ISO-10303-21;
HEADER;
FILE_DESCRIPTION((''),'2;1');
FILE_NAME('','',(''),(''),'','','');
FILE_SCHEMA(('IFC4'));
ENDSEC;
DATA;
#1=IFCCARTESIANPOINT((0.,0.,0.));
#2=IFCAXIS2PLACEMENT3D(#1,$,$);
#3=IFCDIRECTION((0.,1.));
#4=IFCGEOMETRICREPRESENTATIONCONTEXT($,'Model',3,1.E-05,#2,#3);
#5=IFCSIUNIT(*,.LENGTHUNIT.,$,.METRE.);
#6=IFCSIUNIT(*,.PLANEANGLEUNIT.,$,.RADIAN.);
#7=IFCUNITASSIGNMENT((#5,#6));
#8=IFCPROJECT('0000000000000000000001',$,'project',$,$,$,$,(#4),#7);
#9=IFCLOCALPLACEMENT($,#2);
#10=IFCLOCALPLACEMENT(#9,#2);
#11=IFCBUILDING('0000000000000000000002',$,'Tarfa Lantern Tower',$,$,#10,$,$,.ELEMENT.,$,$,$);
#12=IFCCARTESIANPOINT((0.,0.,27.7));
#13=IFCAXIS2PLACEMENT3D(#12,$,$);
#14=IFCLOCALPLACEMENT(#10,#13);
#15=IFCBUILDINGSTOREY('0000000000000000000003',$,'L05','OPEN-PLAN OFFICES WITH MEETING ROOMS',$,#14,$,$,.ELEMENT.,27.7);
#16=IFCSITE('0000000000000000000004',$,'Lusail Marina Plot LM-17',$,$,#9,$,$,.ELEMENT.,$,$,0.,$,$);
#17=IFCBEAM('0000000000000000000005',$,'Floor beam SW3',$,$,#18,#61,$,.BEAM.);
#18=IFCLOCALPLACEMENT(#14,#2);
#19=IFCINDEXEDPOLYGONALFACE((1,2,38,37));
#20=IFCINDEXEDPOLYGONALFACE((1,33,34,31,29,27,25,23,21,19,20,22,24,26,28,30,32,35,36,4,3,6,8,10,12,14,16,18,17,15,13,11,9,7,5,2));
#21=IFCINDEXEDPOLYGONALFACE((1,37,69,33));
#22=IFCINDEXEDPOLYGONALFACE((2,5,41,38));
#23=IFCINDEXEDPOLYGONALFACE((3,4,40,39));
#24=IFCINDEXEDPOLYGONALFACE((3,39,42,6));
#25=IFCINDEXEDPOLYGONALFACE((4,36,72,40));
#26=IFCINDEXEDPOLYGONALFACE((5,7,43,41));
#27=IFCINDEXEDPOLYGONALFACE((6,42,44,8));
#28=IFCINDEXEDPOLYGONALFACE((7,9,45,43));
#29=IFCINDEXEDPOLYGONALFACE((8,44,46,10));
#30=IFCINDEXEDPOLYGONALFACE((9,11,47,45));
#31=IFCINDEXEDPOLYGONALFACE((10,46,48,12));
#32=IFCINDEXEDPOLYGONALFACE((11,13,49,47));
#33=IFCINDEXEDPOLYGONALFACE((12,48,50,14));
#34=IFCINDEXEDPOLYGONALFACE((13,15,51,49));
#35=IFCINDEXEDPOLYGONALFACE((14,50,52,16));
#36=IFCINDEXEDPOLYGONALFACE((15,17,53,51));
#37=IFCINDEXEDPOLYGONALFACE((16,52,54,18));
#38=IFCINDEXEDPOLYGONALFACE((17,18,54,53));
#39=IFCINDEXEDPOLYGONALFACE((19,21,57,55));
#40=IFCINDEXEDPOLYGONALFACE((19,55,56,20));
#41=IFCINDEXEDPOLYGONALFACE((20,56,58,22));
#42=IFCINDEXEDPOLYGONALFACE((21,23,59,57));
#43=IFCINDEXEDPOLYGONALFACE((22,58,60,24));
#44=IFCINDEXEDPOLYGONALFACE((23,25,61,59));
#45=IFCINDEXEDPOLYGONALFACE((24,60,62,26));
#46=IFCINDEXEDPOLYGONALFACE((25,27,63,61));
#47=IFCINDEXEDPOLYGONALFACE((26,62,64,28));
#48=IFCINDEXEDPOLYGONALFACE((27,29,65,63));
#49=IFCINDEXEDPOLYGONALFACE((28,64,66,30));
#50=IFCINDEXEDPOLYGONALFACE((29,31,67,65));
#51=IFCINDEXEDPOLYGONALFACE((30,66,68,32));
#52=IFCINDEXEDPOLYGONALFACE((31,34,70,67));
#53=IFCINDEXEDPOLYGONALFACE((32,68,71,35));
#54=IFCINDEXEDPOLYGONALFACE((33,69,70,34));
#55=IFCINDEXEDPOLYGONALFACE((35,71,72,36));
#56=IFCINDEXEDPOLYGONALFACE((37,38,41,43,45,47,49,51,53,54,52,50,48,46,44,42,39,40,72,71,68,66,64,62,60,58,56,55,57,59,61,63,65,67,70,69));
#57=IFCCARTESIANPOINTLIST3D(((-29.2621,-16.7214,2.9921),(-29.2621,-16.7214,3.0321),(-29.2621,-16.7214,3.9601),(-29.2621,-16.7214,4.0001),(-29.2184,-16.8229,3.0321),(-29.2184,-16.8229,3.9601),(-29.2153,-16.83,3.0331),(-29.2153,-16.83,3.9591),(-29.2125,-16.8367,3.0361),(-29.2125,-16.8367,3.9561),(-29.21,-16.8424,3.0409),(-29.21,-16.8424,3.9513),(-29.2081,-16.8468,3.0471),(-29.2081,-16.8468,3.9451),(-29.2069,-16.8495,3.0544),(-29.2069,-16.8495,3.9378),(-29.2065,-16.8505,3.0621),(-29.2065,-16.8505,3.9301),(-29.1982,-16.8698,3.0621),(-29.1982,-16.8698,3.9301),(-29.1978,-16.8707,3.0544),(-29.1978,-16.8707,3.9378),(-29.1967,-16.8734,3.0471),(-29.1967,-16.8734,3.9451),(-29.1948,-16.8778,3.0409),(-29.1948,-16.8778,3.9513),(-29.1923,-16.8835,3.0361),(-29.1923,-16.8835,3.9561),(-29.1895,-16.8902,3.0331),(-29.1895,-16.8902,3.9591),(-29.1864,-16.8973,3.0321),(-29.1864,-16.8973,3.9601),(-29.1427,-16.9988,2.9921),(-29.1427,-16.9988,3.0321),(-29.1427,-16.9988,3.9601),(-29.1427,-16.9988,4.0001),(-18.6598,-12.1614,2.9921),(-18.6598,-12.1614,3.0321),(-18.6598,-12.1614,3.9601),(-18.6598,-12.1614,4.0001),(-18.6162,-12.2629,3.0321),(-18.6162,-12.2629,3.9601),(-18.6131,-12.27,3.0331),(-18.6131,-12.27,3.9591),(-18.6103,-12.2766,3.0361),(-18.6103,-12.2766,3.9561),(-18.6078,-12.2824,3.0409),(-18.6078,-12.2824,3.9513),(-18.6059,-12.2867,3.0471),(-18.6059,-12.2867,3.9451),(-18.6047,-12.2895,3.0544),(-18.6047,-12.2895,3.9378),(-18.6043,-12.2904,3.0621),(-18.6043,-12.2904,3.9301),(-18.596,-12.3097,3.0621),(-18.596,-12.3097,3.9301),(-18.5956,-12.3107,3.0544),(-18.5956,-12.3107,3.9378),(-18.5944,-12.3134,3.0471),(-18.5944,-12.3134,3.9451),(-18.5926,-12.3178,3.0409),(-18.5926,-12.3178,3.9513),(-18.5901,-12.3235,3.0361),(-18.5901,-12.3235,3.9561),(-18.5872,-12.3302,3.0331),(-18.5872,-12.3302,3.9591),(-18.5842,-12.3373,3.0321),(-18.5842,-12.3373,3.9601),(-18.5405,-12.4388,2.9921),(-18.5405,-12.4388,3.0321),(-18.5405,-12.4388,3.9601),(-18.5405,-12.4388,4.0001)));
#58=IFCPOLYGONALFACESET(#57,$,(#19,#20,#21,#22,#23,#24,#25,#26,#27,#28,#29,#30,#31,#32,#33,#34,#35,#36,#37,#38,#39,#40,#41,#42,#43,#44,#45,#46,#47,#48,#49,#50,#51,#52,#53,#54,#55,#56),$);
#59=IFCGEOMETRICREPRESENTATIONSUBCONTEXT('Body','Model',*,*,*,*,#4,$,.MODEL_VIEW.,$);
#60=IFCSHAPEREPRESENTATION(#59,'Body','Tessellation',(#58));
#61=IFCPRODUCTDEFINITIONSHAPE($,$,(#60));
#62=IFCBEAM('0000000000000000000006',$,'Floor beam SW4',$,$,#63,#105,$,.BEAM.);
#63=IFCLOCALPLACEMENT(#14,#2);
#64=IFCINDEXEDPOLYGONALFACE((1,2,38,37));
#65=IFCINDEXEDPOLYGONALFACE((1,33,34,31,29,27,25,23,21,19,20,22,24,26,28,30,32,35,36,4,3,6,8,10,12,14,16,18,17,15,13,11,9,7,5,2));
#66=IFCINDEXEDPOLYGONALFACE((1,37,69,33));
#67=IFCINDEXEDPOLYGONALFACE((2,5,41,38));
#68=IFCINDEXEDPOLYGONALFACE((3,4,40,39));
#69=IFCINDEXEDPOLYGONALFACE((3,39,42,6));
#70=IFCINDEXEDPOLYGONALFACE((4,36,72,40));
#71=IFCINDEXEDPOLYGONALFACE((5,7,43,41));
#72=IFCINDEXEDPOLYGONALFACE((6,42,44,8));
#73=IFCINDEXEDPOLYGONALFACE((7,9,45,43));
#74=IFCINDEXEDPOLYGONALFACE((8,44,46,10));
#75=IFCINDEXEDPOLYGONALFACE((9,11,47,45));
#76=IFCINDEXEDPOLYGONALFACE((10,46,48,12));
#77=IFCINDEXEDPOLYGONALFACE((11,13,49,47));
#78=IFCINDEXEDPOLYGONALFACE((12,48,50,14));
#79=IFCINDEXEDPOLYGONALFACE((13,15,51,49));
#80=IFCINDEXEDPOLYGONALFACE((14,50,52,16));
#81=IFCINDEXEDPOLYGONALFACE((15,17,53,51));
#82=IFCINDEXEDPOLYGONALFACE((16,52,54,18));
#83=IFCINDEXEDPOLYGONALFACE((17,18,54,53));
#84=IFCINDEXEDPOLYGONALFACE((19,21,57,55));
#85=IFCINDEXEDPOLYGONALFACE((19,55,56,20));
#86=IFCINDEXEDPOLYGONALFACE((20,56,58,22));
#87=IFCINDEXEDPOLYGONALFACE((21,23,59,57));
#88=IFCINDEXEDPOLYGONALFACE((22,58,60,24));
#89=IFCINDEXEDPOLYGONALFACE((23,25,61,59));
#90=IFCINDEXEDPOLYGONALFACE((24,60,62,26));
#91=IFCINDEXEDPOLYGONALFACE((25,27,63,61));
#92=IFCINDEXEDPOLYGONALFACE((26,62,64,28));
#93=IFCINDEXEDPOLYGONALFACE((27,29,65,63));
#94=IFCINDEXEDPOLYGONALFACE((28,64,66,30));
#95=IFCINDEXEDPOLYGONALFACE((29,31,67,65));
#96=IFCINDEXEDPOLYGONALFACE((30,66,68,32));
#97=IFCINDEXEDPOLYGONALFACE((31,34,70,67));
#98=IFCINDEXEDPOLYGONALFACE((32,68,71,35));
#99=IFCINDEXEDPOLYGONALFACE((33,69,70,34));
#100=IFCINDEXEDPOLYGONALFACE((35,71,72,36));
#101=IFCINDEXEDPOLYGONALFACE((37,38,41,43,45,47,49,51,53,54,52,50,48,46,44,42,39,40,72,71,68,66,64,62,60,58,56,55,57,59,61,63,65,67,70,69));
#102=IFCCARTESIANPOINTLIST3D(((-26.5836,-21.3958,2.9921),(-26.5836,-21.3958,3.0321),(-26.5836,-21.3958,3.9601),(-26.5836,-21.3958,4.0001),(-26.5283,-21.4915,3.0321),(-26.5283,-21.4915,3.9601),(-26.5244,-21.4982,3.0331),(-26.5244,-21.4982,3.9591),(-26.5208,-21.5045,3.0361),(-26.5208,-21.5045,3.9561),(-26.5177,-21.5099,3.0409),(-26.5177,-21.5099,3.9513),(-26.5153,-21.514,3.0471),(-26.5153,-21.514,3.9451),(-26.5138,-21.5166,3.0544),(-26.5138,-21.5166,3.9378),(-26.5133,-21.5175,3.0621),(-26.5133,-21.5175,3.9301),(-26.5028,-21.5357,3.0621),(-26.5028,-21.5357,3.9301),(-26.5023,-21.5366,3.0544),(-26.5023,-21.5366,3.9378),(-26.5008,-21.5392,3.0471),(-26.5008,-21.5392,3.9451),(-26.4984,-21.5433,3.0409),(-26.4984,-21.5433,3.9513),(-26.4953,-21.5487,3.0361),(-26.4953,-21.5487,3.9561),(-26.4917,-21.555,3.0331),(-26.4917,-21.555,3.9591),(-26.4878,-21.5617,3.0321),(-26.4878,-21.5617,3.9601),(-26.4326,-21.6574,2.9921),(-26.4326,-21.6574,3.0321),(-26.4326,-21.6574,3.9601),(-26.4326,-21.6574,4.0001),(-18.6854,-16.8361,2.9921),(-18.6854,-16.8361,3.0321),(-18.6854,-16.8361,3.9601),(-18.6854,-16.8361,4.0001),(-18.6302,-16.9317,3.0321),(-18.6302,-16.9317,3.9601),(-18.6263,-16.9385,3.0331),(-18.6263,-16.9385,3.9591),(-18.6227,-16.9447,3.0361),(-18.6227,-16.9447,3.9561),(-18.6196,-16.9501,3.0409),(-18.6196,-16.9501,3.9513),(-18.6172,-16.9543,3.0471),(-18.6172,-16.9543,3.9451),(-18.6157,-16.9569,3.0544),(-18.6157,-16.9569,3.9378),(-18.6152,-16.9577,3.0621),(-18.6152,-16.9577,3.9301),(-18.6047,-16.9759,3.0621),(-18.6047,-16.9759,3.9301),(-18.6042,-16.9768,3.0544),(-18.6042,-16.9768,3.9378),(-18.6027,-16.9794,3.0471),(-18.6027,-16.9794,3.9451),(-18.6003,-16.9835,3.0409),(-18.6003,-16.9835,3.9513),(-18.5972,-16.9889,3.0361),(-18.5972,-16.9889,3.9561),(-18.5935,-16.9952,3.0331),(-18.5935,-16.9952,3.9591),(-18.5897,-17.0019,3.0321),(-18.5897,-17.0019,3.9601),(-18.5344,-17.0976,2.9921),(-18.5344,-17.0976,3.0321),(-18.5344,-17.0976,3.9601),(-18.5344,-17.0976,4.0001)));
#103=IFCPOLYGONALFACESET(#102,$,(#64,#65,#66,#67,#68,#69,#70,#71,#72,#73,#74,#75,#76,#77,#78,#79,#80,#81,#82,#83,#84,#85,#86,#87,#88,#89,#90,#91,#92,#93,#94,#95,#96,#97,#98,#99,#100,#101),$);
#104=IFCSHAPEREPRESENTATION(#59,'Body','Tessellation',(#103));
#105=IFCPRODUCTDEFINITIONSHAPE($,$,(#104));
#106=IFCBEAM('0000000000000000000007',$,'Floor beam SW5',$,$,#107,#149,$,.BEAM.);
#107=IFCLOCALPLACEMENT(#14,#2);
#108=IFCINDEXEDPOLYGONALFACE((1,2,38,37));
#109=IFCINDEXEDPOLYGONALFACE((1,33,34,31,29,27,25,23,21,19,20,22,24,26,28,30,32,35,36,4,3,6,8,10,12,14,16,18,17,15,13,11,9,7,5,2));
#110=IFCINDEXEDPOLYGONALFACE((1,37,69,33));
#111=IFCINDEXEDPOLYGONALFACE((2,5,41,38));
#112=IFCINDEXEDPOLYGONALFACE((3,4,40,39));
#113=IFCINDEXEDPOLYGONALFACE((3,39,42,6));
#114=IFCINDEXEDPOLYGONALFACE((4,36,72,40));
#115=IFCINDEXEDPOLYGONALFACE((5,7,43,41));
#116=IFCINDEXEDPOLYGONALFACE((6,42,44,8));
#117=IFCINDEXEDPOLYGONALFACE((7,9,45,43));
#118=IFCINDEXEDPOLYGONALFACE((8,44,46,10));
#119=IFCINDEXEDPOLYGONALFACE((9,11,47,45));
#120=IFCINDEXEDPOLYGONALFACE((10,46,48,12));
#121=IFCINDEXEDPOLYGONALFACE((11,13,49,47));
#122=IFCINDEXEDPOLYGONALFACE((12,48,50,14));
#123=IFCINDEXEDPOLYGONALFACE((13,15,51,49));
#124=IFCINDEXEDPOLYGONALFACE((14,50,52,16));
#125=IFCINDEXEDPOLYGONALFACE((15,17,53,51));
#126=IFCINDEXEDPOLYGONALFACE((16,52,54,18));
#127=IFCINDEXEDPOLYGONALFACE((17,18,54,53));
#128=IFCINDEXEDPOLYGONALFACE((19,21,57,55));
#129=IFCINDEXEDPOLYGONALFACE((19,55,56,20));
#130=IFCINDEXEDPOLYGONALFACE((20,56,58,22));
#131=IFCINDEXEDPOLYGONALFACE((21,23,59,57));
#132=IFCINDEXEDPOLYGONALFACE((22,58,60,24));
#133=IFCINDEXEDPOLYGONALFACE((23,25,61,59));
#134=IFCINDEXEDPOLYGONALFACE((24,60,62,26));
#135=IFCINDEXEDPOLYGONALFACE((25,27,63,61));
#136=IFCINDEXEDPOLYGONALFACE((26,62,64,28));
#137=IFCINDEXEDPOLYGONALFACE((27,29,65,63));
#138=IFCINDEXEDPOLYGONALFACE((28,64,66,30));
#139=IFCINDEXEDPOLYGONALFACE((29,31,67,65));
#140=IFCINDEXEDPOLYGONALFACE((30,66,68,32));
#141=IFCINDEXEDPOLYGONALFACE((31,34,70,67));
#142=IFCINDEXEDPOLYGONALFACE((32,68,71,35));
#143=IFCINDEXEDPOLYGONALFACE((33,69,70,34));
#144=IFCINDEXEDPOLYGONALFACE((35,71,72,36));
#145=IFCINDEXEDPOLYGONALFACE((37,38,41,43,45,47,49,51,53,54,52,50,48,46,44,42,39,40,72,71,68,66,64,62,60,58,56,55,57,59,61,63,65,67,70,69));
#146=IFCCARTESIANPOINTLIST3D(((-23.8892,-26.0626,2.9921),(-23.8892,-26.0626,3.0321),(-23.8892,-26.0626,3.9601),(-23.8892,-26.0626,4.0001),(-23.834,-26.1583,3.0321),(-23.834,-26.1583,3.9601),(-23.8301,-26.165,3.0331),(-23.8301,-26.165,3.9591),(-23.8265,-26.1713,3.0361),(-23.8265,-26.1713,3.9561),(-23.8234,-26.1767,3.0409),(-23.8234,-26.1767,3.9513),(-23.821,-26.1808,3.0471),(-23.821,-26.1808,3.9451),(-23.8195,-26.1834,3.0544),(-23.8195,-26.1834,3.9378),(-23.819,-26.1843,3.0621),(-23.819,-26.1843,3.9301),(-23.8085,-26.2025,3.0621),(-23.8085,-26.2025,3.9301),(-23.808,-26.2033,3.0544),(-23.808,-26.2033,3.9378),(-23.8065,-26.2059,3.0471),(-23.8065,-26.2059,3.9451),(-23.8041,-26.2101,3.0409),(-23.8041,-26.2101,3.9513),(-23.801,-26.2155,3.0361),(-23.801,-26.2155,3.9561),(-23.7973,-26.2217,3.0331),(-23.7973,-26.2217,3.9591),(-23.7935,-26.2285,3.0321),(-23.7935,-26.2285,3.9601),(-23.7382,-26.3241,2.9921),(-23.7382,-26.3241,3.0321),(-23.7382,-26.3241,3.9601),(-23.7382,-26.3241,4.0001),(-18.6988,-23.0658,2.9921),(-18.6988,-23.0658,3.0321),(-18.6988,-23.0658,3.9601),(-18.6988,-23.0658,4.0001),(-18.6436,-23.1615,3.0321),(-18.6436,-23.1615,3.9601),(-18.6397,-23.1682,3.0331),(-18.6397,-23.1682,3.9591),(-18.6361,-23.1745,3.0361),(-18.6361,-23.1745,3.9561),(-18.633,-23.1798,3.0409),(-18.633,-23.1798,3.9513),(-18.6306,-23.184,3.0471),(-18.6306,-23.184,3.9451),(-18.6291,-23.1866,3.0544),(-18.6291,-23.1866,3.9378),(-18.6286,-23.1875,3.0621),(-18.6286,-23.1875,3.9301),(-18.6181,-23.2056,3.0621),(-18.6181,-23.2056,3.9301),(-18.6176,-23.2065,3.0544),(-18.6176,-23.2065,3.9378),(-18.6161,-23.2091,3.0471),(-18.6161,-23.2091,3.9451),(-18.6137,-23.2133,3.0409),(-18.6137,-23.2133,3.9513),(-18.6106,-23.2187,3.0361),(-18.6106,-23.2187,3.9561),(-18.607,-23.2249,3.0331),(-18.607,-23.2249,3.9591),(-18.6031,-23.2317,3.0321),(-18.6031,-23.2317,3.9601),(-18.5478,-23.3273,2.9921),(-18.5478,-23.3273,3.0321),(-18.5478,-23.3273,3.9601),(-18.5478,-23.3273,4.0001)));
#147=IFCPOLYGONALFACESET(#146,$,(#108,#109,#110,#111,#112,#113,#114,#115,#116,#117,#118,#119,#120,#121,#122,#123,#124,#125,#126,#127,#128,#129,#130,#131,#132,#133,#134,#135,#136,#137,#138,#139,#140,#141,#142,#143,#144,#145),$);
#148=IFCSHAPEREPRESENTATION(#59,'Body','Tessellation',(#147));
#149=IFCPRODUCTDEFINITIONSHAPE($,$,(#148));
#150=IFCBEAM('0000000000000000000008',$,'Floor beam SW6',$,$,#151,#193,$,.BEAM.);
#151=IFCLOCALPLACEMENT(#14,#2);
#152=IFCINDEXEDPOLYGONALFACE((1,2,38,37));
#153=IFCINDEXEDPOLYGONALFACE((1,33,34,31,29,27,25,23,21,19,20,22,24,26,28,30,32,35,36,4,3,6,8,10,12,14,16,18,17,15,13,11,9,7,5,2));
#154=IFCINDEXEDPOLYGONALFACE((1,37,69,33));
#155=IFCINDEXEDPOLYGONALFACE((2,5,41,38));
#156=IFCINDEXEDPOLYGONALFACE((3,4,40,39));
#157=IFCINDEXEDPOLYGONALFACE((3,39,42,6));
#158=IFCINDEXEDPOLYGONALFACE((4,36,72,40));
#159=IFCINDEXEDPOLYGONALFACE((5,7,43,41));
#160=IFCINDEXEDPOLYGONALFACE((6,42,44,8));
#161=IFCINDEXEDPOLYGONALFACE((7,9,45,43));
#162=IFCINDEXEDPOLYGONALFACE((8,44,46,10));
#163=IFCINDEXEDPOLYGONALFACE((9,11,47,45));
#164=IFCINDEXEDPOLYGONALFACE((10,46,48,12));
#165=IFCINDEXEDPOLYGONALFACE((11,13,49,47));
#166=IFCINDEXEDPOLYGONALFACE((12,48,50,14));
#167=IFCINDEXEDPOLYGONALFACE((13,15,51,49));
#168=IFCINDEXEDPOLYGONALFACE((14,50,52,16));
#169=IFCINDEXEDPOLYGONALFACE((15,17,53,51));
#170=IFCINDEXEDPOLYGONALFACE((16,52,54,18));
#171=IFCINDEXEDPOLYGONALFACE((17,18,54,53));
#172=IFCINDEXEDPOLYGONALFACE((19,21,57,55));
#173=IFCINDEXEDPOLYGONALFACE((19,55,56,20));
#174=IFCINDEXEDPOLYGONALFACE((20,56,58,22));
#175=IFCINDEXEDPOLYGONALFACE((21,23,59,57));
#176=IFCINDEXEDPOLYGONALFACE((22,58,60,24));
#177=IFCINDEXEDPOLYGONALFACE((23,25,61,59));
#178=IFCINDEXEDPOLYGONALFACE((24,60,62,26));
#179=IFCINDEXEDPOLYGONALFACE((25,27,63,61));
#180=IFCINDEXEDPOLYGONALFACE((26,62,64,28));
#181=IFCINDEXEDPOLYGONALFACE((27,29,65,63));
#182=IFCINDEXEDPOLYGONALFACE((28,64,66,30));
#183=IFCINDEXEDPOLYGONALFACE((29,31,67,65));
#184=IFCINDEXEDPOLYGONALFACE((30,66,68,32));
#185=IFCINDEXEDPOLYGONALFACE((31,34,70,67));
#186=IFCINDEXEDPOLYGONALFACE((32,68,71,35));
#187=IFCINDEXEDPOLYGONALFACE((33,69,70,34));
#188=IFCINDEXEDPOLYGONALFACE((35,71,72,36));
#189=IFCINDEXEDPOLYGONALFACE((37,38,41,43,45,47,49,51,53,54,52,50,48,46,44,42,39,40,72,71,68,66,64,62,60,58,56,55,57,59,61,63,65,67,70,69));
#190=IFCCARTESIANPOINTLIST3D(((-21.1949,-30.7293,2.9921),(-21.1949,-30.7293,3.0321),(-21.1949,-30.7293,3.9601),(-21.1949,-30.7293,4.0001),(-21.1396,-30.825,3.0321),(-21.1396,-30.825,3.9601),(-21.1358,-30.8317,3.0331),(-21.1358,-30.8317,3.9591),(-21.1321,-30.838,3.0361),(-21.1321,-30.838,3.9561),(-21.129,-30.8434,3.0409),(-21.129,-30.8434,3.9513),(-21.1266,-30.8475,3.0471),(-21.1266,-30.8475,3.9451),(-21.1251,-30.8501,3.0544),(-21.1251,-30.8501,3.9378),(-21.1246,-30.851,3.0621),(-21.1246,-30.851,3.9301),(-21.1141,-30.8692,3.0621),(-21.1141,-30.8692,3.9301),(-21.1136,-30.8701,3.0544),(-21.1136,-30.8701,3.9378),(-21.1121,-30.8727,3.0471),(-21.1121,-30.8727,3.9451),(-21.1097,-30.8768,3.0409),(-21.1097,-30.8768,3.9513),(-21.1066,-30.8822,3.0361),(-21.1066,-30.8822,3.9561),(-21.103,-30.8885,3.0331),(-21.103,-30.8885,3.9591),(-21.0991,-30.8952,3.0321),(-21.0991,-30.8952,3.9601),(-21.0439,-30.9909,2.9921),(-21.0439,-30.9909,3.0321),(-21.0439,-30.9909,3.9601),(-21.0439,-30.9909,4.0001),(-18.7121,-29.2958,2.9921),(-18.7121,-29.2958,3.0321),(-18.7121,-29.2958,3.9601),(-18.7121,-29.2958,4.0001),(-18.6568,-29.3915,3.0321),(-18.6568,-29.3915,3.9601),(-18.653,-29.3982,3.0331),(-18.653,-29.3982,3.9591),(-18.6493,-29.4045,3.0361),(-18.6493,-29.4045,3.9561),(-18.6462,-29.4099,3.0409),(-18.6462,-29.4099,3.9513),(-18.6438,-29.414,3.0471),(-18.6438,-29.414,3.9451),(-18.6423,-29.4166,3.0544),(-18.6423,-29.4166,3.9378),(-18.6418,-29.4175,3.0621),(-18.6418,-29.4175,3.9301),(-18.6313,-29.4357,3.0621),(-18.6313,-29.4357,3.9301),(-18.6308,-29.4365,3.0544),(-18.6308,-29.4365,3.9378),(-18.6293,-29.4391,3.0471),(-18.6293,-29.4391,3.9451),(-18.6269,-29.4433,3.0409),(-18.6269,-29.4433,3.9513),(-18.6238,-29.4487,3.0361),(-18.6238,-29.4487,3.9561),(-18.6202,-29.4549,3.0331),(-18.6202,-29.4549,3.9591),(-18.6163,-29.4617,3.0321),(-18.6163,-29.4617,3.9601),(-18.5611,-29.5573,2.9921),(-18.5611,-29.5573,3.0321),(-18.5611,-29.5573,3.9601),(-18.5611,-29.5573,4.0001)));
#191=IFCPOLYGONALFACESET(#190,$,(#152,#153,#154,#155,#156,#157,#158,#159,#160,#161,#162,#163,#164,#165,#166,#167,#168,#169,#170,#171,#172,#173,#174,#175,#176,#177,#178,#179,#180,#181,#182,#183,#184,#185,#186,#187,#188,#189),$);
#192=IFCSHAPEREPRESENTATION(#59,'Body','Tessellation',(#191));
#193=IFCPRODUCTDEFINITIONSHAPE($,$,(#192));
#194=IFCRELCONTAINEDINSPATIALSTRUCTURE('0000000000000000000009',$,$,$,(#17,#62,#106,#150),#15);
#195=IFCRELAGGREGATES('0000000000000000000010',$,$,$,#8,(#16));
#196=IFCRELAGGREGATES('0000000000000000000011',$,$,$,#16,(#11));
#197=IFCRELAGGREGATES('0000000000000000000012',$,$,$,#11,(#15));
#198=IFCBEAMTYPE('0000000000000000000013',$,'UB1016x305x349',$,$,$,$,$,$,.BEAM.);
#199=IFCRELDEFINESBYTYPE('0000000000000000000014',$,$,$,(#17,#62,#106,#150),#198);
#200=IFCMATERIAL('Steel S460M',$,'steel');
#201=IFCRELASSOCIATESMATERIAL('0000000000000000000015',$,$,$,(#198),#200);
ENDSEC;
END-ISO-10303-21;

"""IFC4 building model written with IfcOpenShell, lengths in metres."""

from ifc_helpers import new_model, si_unit, direction, frame, origin, origin_2d, place, context, subcontext, project, spatial, i_section, extrude, material, material_profile, profile_set, type_object, element, save


model = new_model("IFC4")

# Units and contexts
model_context = context("Model", 3, precision=1e-05, world=origin(), true_north=direction((0.0, 1.0)))
body_context = subcontext(model_context, "Body", "Model", "MODEL_VIEW")
ifc_project = project(units=[si_unit("LENGTHUNIT", "METRE"), si_unit("PLANEANGLEUNIT", "RADIAN")], contexts=[model_context])

# Site, building, storey
site_placement = place(None, origin())
site = spatial("IfcSite", under=ifc_project, at=site_placement, Name="Lusail Marina Plot LM-17", CompositionType="ELEMENT", RefElevation=0.0)
building_placement = place(site_placement, origin())
building = spatial("IfcBuilding", under=site, at=building_placement, Name="Tarfa Lantern Tower", CompositionType="ELEMENT")
storey_placement = place(building_placement, frame((0.0, 0.0, 27.7)))
storey = spatial("IfcBuildingStorey", under=building, at=storey_placement, Name="L05", Description="OPEN-PLAN OFFICES WITH MEETING ROOMS", CompositionType="ELEMENT", Elevation=27.7)

# Beams
ifc_material_1 = material(Name="Steel S460M", Category="steel")
ifc_material_profile_1 = material_profile(ifc_material_1, i_section(OverallWidth=0.302, OverallDepth=1.0081, WebThickness=0.021, FlangeThickness=0.04, FilletRadius=0.03, at=origin_2d()), Name="UB1016x305x349")
ifc_profile_set_1 = profile_set([ifc_material_profile_1], Name="Steel S460M")
beam_type_1 = type_object("IfcBeamType", Name="UB1016x305x349", PredefinedType="BEAM", material=ifc_profile_set_1)
beam_1_placement = place(storey_placement, frame((-29.2024, -16.8601, 3.4961), z_axis=(0.918635, 0.395106, 0.0), x_axis=(-0.395106, 0.918635, 0.0)))
element("IfcBeam", 1, at=beam_1_placement, inside=storey, type_object=beam_type_1, Name="Floor beam SW3", PredefinedType="BEAM", context=body_context, shape_type="SweptSolid", body=[
    extrude(i_section(OverallWidth=0.302, OverallDepth=1.0081, WebThickness=0.021, FlangeThickness=0.04, FilletRadius=0.03, at=origin_2d()), origin(), (0.0, 0.0, 1.0), 11.5413),
])
beam_2_placement = place(storey_placement, frame((-26.5081, -21.5266, 3.4961), z_axis=(0.866035, 0.499983, 0.0), x_axis=(-0.499983, 0.866035, 0.0)))
element("IfcBeam", 2, at=beam_2_placement, inside=storey, type_object=beam_type_1, Name="Floor beam SW4", PredefinedType="BEAM", context=body_context, shape_type="SweptSolid", body=[
    extrude(i_section(OverallWidth=0.302, OverallDepth=1.0081, WebThickness=0.021, FlangeThickness=0.04, FilletRadius=0.03, at=origin_2d()), origin(), (0.0, 0.0, 1.0), 9.1199),
])
beam_3_placement = place(storey_placement, frame((-23.8137, -26.1934, 3.4961), z_axis=(0.866016, 0.500016, 0.0), x_axis=(-0.500016, 0.866016, 0.0)))
element("IfcBeam", 3, at=beam_3_placement, inside=storey, type_object=beam_type_1, Name="Floor beam SW5", PredefinedType="BEAM", context=body_context, shape_type="SweptSolid", body=[
    extrude(i_section(OverallWidth=0.302, OverallDepth=1.0081, WebThickness=0.021, FlangeThickness=0.04, FilletRadius=0.03, at=origin_2d()), origin(), (0.0, 0.0, 1.0), 5.9934),
])
beam_4_placement = place(storey_placement, frame((-21.1194, -30.8601, 3.4961), z_axis=(0.866013, 0.500022, 0.0), x_axis=(-0.500022, 0.866013, 0.0)))
element("IfcBeam", 4, at=beam_4_placement, inside=storey, type_object=beam_type_1, Name="Floor beam SW6", PredefinedType="BEAM", context=body_context, shape_type="SweptSolid", body=[
    extrude(i_section(OverallWidth=0.302, OverallDepth=1.0081, WebThickness=0.021, FlangeThickness=0.04, FilletRadius=0.03, at=origin_2d()), origin(), (0.0, 0.0, 1.0), 2.8669),
])

save(model, "model.ifc")
